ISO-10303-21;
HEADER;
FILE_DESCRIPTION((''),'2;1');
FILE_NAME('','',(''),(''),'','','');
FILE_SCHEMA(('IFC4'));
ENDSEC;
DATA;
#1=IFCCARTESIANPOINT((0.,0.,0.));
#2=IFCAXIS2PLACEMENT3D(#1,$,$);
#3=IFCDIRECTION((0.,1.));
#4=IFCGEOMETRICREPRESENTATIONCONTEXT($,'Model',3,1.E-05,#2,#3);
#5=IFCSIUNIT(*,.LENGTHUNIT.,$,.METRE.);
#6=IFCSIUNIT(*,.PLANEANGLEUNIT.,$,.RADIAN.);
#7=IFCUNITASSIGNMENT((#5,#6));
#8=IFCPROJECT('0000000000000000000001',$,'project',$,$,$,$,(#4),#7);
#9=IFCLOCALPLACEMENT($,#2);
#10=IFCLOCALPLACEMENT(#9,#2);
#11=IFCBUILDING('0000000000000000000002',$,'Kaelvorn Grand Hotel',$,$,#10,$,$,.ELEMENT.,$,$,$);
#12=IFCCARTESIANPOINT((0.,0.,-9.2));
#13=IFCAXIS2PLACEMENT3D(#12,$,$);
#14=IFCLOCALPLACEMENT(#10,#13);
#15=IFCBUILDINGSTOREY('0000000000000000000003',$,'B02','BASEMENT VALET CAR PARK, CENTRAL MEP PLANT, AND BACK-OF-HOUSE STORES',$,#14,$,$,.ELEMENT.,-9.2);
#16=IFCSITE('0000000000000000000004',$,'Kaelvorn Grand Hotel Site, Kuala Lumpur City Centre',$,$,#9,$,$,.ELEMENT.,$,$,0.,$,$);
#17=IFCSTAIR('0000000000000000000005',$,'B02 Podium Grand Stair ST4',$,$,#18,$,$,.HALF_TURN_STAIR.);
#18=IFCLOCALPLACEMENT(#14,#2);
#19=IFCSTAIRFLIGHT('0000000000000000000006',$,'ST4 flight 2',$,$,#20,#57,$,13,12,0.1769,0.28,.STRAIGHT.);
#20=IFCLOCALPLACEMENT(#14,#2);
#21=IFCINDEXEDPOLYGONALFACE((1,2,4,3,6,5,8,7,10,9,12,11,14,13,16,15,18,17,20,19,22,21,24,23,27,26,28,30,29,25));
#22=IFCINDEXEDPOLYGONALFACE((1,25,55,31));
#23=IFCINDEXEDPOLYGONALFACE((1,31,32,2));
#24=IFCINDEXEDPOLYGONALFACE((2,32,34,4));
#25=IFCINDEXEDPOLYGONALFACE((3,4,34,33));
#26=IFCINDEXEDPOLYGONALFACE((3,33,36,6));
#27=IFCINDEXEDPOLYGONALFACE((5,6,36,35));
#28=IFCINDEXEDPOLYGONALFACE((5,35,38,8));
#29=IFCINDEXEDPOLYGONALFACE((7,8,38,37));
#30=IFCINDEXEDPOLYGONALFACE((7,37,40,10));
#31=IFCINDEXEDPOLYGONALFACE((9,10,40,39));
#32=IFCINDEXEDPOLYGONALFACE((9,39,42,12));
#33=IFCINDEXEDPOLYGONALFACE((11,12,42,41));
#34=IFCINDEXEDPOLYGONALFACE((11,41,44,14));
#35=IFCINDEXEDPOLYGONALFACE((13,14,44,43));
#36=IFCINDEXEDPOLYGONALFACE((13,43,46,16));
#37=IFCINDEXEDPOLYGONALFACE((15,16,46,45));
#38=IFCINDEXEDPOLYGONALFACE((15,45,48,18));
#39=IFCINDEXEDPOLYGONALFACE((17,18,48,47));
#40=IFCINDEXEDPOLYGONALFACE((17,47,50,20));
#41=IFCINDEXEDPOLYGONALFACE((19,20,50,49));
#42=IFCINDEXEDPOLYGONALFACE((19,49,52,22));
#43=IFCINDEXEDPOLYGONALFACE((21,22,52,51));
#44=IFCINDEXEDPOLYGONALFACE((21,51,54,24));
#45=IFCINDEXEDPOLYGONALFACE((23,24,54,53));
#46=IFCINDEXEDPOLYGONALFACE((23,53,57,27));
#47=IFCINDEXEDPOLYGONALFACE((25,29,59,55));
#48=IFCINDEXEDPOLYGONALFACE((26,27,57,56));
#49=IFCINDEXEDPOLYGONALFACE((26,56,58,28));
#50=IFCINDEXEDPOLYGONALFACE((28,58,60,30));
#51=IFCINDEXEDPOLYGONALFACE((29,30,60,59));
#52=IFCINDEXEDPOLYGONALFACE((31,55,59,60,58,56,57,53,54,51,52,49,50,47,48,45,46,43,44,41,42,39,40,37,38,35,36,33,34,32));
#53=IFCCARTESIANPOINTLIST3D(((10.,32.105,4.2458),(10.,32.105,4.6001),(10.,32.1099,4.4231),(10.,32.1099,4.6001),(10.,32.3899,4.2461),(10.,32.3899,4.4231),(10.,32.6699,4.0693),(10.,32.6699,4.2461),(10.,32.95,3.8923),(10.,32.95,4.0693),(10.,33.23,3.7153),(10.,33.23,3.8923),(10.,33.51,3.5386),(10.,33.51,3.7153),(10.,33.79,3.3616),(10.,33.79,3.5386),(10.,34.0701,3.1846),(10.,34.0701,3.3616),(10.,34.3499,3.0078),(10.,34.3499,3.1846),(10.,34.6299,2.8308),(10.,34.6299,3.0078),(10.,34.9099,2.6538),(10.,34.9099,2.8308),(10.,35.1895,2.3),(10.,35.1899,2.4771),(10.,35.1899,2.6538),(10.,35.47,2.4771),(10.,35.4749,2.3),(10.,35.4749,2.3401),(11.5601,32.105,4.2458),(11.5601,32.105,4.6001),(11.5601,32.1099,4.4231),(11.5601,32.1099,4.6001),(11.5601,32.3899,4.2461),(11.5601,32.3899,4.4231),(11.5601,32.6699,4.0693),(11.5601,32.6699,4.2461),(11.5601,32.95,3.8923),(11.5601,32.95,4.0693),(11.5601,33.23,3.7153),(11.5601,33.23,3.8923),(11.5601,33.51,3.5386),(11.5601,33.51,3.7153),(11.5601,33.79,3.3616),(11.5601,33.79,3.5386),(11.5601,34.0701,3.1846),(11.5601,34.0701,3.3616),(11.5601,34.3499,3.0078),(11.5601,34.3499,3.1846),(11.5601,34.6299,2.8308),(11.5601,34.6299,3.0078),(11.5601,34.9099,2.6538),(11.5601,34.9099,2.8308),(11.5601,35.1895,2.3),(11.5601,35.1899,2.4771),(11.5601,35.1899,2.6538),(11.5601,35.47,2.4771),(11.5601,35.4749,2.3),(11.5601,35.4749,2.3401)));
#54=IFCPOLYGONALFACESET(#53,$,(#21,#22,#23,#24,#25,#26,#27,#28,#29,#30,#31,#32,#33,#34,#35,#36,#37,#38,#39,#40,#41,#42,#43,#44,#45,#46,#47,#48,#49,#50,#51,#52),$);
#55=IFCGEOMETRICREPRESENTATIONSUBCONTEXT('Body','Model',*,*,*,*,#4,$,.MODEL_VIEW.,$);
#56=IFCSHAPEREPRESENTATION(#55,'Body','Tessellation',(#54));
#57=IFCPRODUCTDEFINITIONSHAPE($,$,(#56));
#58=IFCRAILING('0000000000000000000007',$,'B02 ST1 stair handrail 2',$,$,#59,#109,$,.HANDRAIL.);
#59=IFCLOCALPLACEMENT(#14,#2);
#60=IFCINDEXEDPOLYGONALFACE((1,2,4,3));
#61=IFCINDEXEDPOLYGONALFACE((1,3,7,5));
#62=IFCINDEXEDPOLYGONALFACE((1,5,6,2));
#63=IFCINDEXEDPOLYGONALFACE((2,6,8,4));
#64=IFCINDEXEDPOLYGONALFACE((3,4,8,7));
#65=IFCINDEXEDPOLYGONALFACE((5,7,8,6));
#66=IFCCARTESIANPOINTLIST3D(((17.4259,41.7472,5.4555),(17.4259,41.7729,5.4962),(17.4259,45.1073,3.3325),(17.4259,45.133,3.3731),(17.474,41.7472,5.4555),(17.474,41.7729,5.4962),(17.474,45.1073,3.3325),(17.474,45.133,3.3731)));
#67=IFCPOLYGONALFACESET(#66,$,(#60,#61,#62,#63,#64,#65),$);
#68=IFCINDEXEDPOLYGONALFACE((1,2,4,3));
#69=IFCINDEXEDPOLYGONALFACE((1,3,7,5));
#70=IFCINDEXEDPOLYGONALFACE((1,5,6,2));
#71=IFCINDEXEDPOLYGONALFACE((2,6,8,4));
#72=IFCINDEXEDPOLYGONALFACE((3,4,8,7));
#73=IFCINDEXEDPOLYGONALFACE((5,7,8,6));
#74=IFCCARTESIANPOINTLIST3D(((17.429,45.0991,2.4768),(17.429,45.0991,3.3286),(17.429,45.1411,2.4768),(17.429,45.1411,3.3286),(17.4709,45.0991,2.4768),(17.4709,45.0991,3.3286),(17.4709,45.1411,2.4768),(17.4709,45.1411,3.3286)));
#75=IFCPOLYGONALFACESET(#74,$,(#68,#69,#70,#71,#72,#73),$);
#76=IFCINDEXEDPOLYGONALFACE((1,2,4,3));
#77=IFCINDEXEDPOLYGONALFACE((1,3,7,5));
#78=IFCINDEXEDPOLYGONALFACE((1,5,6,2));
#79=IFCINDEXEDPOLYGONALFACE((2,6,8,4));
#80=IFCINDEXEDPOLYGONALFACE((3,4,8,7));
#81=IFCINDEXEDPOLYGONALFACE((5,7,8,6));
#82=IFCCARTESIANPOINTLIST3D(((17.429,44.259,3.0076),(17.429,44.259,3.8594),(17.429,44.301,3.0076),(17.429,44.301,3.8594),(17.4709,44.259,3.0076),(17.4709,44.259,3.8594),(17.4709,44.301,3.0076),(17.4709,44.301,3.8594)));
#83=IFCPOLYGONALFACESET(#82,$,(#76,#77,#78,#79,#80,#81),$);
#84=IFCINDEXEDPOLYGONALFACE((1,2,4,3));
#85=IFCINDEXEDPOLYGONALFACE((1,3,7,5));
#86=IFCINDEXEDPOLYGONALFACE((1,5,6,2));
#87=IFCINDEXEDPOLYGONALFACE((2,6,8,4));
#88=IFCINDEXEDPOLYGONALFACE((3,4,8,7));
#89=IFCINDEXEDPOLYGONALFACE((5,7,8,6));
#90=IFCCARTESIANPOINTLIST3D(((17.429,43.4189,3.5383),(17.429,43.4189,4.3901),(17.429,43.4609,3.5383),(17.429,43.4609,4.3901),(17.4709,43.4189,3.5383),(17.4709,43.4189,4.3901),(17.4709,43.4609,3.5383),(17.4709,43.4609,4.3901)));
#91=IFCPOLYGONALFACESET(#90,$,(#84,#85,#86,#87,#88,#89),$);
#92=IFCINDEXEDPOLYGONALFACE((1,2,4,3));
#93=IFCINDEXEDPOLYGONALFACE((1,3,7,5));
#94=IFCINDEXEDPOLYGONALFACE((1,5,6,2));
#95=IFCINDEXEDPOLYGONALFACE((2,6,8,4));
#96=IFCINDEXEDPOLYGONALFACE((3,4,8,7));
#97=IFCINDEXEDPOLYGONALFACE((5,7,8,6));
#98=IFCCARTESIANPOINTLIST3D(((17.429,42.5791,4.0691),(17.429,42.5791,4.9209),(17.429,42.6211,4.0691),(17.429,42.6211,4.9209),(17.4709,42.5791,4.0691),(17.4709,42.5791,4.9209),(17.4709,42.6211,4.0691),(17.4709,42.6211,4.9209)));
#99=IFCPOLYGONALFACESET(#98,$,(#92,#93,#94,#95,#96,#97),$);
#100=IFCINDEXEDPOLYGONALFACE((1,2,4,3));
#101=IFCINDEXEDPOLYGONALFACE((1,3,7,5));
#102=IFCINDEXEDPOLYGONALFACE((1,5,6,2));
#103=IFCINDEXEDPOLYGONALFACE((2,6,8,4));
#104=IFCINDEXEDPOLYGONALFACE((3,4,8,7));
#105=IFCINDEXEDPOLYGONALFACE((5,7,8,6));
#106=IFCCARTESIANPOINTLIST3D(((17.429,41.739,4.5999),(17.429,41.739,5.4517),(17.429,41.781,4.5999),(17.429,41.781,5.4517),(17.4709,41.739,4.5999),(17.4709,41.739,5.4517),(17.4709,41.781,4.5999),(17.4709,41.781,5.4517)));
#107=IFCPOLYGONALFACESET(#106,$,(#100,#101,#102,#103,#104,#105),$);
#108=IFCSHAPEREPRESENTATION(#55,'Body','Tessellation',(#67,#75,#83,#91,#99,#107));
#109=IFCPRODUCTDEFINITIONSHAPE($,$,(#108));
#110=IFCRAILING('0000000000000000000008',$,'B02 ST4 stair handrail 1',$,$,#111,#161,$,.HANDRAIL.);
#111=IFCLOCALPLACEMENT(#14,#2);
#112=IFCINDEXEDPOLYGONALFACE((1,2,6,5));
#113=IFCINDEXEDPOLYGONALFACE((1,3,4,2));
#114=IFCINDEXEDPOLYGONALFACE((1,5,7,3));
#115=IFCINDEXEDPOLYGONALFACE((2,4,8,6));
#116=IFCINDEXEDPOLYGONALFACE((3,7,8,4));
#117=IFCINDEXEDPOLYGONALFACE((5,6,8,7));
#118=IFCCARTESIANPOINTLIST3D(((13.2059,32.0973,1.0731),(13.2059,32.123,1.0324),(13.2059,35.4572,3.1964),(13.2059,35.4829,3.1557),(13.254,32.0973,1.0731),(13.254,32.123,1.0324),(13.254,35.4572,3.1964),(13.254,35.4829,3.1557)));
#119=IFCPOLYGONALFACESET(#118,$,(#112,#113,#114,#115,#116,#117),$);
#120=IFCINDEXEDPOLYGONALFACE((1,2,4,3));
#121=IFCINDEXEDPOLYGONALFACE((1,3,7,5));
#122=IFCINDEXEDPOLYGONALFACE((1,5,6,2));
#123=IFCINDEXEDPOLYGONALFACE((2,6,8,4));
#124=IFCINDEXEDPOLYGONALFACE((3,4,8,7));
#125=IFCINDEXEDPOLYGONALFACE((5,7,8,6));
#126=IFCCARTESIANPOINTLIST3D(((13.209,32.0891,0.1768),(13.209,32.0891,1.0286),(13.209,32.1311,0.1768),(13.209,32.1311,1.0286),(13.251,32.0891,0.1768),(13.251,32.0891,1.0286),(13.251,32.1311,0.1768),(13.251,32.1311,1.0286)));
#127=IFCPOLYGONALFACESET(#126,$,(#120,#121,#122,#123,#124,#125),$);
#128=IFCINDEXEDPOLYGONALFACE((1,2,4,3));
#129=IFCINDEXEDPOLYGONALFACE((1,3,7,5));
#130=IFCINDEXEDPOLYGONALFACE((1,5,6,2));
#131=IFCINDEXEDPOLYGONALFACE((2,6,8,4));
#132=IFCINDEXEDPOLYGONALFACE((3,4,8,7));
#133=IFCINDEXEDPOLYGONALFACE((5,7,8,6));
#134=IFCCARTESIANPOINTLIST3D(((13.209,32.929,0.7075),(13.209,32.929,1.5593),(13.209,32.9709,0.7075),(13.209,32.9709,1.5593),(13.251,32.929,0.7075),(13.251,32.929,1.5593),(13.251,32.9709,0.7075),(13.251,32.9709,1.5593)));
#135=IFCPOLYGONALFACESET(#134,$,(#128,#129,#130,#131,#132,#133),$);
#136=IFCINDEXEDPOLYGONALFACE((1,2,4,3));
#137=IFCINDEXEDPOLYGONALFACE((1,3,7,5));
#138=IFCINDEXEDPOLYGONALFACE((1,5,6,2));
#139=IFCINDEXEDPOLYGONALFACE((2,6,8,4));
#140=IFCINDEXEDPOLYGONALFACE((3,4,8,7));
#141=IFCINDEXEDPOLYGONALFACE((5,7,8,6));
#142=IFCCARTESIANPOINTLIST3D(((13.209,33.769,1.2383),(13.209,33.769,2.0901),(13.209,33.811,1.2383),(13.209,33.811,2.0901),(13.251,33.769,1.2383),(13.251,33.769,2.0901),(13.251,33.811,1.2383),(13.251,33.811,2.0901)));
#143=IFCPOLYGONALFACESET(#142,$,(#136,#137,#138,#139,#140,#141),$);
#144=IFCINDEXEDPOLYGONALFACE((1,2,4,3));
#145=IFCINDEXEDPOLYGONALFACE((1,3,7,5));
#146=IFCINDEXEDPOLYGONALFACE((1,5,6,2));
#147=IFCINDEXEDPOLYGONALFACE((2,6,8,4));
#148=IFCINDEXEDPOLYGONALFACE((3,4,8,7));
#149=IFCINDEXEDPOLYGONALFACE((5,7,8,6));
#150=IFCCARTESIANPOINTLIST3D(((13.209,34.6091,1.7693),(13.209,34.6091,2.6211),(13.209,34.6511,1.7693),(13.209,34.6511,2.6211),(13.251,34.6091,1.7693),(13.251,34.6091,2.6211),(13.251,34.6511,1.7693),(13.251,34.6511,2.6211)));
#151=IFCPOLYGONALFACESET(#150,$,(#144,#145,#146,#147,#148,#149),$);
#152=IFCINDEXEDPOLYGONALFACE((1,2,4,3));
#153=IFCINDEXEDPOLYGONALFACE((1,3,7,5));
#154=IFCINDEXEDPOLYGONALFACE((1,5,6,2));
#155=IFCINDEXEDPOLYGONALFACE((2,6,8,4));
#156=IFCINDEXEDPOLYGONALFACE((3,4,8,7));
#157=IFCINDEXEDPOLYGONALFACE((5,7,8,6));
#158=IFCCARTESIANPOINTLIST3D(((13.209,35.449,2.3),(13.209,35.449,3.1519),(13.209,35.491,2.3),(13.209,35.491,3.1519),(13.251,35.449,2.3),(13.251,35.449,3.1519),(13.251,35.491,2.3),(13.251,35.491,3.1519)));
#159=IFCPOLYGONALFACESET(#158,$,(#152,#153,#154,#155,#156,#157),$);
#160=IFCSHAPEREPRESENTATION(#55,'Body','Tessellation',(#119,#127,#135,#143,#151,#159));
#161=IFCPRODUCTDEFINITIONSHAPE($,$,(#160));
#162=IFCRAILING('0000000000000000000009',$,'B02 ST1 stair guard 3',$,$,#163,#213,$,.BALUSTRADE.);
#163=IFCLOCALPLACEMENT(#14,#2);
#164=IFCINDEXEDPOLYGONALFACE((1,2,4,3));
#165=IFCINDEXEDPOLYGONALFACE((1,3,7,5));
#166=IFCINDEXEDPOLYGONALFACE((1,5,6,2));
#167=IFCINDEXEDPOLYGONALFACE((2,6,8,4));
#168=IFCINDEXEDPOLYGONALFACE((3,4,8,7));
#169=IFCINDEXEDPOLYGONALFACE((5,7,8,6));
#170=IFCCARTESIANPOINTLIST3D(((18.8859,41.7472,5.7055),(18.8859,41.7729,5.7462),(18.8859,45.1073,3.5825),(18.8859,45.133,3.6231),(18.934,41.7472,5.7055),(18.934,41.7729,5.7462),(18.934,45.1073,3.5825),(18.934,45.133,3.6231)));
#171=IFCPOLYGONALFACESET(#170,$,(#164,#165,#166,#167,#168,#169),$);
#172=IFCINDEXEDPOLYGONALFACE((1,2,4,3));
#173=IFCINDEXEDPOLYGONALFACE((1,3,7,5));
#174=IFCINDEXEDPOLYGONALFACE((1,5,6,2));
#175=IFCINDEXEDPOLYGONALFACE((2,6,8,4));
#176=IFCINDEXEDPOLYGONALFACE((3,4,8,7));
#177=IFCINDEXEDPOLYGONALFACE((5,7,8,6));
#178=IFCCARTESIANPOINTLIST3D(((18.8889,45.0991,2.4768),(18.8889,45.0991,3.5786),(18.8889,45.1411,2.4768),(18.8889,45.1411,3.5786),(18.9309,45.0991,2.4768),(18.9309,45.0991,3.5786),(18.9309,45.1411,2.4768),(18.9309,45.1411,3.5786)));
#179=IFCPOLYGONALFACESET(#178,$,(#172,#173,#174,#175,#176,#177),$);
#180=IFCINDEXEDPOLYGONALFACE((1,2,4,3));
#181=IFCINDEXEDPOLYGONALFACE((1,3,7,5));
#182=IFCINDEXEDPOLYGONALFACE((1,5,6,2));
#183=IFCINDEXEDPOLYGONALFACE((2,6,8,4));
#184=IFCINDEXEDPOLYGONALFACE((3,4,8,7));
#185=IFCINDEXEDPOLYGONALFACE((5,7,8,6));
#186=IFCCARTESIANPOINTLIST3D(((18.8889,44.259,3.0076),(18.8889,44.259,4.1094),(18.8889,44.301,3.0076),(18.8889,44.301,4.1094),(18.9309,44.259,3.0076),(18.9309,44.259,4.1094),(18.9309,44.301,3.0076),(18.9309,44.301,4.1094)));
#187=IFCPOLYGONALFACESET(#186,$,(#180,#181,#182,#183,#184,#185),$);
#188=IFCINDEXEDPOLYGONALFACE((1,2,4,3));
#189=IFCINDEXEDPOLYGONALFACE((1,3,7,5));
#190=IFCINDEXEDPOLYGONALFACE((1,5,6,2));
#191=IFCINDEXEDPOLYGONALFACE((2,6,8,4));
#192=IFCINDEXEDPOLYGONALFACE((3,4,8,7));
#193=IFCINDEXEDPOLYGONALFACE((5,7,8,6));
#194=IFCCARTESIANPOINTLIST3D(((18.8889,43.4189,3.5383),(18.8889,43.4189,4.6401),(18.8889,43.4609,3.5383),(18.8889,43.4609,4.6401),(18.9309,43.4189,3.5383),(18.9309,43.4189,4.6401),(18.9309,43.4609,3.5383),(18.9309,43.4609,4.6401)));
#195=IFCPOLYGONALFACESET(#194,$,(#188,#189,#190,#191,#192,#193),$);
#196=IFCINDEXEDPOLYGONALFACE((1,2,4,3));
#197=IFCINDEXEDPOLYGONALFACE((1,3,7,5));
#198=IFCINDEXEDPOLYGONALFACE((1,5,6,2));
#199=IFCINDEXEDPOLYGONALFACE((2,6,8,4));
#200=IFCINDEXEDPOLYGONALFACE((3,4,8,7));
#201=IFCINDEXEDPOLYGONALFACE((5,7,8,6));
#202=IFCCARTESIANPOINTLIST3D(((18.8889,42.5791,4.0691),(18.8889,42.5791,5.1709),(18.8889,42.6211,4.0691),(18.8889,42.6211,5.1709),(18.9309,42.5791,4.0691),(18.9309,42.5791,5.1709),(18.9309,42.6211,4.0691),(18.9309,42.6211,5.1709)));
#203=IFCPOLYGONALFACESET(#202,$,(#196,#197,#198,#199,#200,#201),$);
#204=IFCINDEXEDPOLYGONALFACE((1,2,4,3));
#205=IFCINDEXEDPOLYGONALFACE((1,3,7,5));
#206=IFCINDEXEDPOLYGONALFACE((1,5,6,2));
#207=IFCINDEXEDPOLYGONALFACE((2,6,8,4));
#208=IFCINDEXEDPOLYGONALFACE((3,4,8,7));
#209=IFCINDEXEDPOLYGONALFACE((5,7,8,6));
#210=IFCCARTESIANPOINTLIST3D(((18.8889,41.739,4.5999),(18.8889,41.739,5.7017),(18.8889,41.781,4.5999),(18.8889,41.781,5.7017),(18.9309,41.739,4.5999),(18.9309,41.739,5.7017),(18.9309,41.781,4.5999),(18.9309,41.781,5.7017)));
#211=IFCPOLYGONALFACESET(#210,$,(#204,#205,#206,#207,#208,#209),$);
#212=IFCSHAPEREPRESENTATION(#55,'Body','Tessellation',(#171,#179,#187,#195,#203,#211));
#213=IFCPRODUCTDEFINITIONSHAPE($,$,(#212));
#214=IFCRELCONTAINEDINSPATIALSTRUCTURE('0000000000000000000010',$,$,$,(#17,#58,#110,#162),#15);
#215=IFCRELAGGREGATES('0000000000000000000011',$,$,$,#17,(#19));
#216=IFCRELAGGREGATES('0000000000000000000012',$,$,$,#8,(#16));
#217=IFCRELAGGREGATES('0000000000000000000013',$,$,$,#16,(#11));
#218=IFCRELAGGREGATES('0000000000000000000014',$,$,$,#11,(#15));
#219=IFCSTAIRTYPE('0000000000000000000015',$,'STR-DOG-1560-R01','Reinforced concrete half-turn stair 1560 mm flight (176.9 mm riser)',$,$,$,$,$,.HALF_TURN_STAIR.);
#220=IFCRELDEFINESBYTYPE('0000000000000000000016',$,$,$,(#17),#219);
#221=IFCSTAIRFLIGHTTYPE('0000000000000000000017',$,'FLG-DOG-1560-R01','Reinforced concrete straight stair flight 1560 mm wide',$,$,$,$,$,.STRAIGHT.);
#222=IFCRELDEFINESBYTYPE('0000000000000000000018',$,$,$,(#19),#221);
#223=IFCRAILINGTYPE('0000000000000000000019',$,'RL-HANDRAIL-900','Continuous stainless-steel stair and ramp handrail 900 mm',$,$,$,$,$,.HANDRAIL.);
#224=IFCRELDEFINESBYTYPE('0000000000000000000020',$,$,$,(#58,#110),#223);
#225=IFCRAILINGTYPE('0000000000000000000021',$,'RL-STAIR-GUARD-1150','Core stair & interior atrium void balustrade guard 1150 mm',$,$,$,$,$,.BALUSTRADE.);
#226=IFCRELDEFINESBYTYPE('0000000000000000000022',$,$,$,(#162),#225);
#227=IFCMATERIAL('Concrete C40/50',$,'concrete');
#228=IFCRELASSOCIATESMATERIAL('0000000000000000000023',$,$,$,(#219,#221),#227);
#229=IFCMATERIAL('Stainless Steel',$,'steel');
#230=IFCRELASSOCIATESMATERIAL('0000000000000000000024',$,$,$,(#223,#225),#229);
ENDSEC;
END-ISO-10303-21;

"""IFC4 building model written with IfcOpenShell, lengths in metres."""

from ifc_helpers import new_model, si_unit, direction, frame, origin, origin_2d, place, context, subcontext, project, spatial, polyline, rectangle, outline, extrude, material, type_object, element, aggregate, save


model = new_model("IFC4")

# Units and contexts
model_context = context("Model", 3, precision=1e-05, world=origin(), true_north=direction((0.0, 1.0)))
body_context = subcontext(model_context, "Body", "Model", "MODEL_VIEW")
ifc_project = project(units=[si_unit("LENGTHUNIT", "METRE"), si_unit("PLANEANGLEUNIT", "RADIAN")], contexts=[model_context])

# Site, building, storey
site_placement = place(None, origin())
site = spatial("IfcSite", under=ifc_project, at=site_placement, Name="Kaelvorn Grand Hotel Site, Kuala Lumpur City Centre", CompositionType="ELEMENT", RefElevation=0.0)
building_placement = place(site_placement, origin())
building = spatial("IfcBuilding", under=site, at=building_placement, Name="Kaelvorn Grand Hotel", CompositionType="ELEMENT")
storey_placement = place(building_placement, frame((0.0, 0.0, -9.2)))
storey = spatial("IfcBuildingStorey", under=building, at=storey_placement, Name="B02", Description="BASEMENT VALET CAR PARK, CENTRAL MEP PLANT, AND BACK-OF-HOUSE STORES", CompositionType="ELEMENT", Elevation=-9.2)

# Shared definitions
ifc_material_1 = material(Name="Concrete C40/50", Category="concrete")

# Shared definitions
stair_type = type_object("IfcStairType", Name="STR-DOG-1560-R01", Description="Reinforced concrete half-turn stair 1560 mm flight (176.9 mm riser)", PredefinedType="HALF_TURN_STAIR", material=ifc_material_1)
stair_flight_type = type_object("IfcStairFlightType", Name="FLG-DOG-1560-R01", Description="Reinforced concrete straight stair flight 1560 mm wide", PredefinedType="STRAIGHT", material=ifc_material_1)

# Stair, stair flight
stair_1_placement = place(storey_placement, origin())
stair_1 = element("IfcStair", 1, at=stair_1_placement, inside=storey, type_object=stair_type, Name="B02 Podium Grand Stair ST4", PredefinedType="HALF_TURN_STAIR")
stair_flight_1_placement = place(storey_placement, frame((10.78, 35.47, 2.3), z_axis=(0.0, 0.0, 1.0), x_axis=(0.0, -1.0, 0.0)))
stair_flight_1 = element("IfcStairFlight", 2, at=stair_flight_1_placement, type_object=stair_flight_type, Name="ST4 flight 2", NumberOfRisers=13, NumberOfTreads=12, PredefinedType="STRAIGHT", RiserHeight=0.1769, TreadLength=0.28, context=body_context, shape_type="SweptSolid", body=[
    extrude(outline(polyline([(-0.0049, 0.0), (-0.0049, 0.04), (0.0, 0.177), (0.28, 0.177), (0.28, 0.3538), (0.5601, 0.3538), (0.5601, 0.5308), (0.8401, 0.5308), (0.8401, 0.7078), (1.1201, 0.7078), (1.1201, 0.8845), (1.3999, 0.8845), (1.3999, 1.0615), (1.6799, 1.0615), (1.6799, 1.2385), (1.96, 1.2385), (1.96, 1.4153), (2.24, 1.4153), (2.24, 1.5923), (2.52, 1.5923), (2.52, 1.7693), (2.8, 1.7693), (2.8, 1.946), (3.0801, 1.946), (3.0801, 2.123), (3.3601, 2.123), (3.3601, 2.3), (3.365, 2.3), (3.365, 1.9458), (0.2805, 0.0), (-0.0049, 0.0)])), frame((0.0, 0.78, 0.0), z_axis=(0.0, -1.0, 0.0), x_axis=(1.0, 0.0, 0.0)), (0.0, 0.0, 1.0), 1.5601),
])
aggregate(stair_1, [stair_flight_1])

# Railings
ifc_material_2 = material(Name="Stainless Steel", Category="steel")
railing_type_1 = type_object("IfcRailingType", Name="RL-HANDRAIL-900", Description="Continuous stainless-steel stair and ramp handrail 900 mm", PredefinedType="HANDRAIL", material=ifc_material_2)
railing_1_placement = place(storey_placement, frame((17.45, 45.1201, 2.4768)))
element("IfcRailing", 3, at=railing_1_placement, inside=storey, type_object=railing_type_1, Name="B02 ST1 stair handrail 2", PredefinedType="HANDRAIL", context=body_context, shape_type="SweptSolid", body=[
    extrude(rectangle(XDim=0.0481, YDim=0.0481, at=origin_2d()), frame((0.0, 0.0, 0.876), z_axis=(0.0, -0.84539, 0.53415), x_axis=(1.0, 0.0, 0.0)), (0.0, 0.0, 1.0), 3.9746),
    extrude(rectangle(XDim=0.042, YDim=0.042, at=origin_2d()), origin(), (0.0, 0.0, 1.0), 0.8518),
    extrude(rectangle(XDim=0.042, YDim=0.042, at=origin_2d()), frame((0.0, -0.8401, 0.5308)), (0.0, 0.0, 1.0), 0.8518),
    extrude(rectangle(XDim=0.042, YDim=0.042, at=origin_2d()), frame((0.0, -1.6802, 1.0615)), (0.0, 0.0, 1.0), 0.8518),
    extrude(rectangle(XDim=0.042, YDim=0.042, at=origin_2d()), frame((0.0, -2.52, 1.5923)), (0.0, 0.0, 1.0), 0.8518),
    extrude(rectangle(XDim=0.042, YDim=0.042, at=origin_2d()), frame((0.0, -3.3601, 2.123)), (0.0, 0.0, 1.0), 0.8518),
])
railing_2_placement = place(storey_placement, frame((13.23, 32.1101, 0.1768)))
element("IfcRailing", 4, at=railing_2_placement, inside=storey, type_object=railing_type_1, Name="B02 ST4 stair handrail 1", PredefinedType="HANDRAIL", context=body_context, shape_type="SweptSolid", body=[
    extrude(rectangle(XDim=0.0481, YDim=0.0481, at=origin_2d()), frame((0.0, 0.0, 0.876), z_axis=(0.0, 0.845344, 0.534222), x_axis=(-1.0, 0.0, 0.0)), (0.0, 0.0, 1.0), 3.9746),
    extrude(rectangle(XDim=0.042, YDim=0.042, at=origin_2d()), origin(), (0.0, 0.0, 1.0), 0.8518),
    extrude(rectangle(XDim=0.042, YDim=0.042, at=origin_2d()), frame((0.0, 0.8398, 0.5308)), (0.0, 0.0, 1.0), 0.8518),
    extrude(rectangle(XDim=0.042, YDim=0.042, at=origin_2d()), frame((0.0, 1.6799, 1.0615)), (0.0, 0.0, 1.0), 0.8518),
    extrude(rectangle(XDim=0.042, YDim=0.042, at=origin_2d()), frame((0.0, 2.52, 1.5925)), (0.0, 0.0, 1.0), 0.8518),
    extrude(rectangle(XDim=0.042, YDim=0.042, at=origin_2d()), frame((0.0, 3.3599, 2.1233)), (0.0, 0.0, 1.0), 0.8518),
])
railing_type_2 = type_object("IfcRailingType", Name="RL-STAIR-GUARD-1150", Description="Core stair & interior atrium void balustrade guard 1150 mm", PredefinedType="BALUSTRADE", material=ifc_material_2)
railing_3_placement = place(storey_placement, frame((18.9099, 45.1201, 2.4768)))
element("IfcRailing", 5, at=railing_3_placement, inside=storey, type_object=railing_type_2, Name="B02 ST1 stair guard 3", PredefinedType="BALUSTRADE", context=body_context, shape_type="SweptSolid", body=[
    extrude(rectangle(XDim=0.0481, YDim=0.0481, at=origin_2d()), frame((0.0, 0.0, 1.126), z_axis=(0.0, -0.84539, 0.53415), x_axis=(1.0, 0.0, 0.0)), (0.0, 0.0, 1.0), 3.9746),
    extrude(rectangle(XDim=0.042, YDim=0.042, at=origin_2d()), origin(), (0.0, 0.0, 1.0), 1.1018),
    extrude(rectangle(XDim=0.042, YDim=0.042, at=origin_2d()), frame((0.0, -0.8401, 0.5308)), (0.0, 0.0, 1.0), 1.1018),
    extrude(rectangle(XDim=0.042, YDim=0.042, at=origin_2d()), frame((0.0, -1.6802, 1.0615)), (0.0, 0.0, 1.0), 1.1018),
    extrude(rectangle(XDim=0.042, YDim=0.042, at=origin_2d()), frame((0.0, -2.52, 1.5923)), (0.0, 0.0, 1.0), 1.1018),
    extrude(rectangle(XDim=0.042, YDim=0.042, at=origin_2d()), frame((0.0, -3.3601, 2.123)), (0.0, 0.0, 1.0), 1.1018),
])

save(model, "model.ifc")
